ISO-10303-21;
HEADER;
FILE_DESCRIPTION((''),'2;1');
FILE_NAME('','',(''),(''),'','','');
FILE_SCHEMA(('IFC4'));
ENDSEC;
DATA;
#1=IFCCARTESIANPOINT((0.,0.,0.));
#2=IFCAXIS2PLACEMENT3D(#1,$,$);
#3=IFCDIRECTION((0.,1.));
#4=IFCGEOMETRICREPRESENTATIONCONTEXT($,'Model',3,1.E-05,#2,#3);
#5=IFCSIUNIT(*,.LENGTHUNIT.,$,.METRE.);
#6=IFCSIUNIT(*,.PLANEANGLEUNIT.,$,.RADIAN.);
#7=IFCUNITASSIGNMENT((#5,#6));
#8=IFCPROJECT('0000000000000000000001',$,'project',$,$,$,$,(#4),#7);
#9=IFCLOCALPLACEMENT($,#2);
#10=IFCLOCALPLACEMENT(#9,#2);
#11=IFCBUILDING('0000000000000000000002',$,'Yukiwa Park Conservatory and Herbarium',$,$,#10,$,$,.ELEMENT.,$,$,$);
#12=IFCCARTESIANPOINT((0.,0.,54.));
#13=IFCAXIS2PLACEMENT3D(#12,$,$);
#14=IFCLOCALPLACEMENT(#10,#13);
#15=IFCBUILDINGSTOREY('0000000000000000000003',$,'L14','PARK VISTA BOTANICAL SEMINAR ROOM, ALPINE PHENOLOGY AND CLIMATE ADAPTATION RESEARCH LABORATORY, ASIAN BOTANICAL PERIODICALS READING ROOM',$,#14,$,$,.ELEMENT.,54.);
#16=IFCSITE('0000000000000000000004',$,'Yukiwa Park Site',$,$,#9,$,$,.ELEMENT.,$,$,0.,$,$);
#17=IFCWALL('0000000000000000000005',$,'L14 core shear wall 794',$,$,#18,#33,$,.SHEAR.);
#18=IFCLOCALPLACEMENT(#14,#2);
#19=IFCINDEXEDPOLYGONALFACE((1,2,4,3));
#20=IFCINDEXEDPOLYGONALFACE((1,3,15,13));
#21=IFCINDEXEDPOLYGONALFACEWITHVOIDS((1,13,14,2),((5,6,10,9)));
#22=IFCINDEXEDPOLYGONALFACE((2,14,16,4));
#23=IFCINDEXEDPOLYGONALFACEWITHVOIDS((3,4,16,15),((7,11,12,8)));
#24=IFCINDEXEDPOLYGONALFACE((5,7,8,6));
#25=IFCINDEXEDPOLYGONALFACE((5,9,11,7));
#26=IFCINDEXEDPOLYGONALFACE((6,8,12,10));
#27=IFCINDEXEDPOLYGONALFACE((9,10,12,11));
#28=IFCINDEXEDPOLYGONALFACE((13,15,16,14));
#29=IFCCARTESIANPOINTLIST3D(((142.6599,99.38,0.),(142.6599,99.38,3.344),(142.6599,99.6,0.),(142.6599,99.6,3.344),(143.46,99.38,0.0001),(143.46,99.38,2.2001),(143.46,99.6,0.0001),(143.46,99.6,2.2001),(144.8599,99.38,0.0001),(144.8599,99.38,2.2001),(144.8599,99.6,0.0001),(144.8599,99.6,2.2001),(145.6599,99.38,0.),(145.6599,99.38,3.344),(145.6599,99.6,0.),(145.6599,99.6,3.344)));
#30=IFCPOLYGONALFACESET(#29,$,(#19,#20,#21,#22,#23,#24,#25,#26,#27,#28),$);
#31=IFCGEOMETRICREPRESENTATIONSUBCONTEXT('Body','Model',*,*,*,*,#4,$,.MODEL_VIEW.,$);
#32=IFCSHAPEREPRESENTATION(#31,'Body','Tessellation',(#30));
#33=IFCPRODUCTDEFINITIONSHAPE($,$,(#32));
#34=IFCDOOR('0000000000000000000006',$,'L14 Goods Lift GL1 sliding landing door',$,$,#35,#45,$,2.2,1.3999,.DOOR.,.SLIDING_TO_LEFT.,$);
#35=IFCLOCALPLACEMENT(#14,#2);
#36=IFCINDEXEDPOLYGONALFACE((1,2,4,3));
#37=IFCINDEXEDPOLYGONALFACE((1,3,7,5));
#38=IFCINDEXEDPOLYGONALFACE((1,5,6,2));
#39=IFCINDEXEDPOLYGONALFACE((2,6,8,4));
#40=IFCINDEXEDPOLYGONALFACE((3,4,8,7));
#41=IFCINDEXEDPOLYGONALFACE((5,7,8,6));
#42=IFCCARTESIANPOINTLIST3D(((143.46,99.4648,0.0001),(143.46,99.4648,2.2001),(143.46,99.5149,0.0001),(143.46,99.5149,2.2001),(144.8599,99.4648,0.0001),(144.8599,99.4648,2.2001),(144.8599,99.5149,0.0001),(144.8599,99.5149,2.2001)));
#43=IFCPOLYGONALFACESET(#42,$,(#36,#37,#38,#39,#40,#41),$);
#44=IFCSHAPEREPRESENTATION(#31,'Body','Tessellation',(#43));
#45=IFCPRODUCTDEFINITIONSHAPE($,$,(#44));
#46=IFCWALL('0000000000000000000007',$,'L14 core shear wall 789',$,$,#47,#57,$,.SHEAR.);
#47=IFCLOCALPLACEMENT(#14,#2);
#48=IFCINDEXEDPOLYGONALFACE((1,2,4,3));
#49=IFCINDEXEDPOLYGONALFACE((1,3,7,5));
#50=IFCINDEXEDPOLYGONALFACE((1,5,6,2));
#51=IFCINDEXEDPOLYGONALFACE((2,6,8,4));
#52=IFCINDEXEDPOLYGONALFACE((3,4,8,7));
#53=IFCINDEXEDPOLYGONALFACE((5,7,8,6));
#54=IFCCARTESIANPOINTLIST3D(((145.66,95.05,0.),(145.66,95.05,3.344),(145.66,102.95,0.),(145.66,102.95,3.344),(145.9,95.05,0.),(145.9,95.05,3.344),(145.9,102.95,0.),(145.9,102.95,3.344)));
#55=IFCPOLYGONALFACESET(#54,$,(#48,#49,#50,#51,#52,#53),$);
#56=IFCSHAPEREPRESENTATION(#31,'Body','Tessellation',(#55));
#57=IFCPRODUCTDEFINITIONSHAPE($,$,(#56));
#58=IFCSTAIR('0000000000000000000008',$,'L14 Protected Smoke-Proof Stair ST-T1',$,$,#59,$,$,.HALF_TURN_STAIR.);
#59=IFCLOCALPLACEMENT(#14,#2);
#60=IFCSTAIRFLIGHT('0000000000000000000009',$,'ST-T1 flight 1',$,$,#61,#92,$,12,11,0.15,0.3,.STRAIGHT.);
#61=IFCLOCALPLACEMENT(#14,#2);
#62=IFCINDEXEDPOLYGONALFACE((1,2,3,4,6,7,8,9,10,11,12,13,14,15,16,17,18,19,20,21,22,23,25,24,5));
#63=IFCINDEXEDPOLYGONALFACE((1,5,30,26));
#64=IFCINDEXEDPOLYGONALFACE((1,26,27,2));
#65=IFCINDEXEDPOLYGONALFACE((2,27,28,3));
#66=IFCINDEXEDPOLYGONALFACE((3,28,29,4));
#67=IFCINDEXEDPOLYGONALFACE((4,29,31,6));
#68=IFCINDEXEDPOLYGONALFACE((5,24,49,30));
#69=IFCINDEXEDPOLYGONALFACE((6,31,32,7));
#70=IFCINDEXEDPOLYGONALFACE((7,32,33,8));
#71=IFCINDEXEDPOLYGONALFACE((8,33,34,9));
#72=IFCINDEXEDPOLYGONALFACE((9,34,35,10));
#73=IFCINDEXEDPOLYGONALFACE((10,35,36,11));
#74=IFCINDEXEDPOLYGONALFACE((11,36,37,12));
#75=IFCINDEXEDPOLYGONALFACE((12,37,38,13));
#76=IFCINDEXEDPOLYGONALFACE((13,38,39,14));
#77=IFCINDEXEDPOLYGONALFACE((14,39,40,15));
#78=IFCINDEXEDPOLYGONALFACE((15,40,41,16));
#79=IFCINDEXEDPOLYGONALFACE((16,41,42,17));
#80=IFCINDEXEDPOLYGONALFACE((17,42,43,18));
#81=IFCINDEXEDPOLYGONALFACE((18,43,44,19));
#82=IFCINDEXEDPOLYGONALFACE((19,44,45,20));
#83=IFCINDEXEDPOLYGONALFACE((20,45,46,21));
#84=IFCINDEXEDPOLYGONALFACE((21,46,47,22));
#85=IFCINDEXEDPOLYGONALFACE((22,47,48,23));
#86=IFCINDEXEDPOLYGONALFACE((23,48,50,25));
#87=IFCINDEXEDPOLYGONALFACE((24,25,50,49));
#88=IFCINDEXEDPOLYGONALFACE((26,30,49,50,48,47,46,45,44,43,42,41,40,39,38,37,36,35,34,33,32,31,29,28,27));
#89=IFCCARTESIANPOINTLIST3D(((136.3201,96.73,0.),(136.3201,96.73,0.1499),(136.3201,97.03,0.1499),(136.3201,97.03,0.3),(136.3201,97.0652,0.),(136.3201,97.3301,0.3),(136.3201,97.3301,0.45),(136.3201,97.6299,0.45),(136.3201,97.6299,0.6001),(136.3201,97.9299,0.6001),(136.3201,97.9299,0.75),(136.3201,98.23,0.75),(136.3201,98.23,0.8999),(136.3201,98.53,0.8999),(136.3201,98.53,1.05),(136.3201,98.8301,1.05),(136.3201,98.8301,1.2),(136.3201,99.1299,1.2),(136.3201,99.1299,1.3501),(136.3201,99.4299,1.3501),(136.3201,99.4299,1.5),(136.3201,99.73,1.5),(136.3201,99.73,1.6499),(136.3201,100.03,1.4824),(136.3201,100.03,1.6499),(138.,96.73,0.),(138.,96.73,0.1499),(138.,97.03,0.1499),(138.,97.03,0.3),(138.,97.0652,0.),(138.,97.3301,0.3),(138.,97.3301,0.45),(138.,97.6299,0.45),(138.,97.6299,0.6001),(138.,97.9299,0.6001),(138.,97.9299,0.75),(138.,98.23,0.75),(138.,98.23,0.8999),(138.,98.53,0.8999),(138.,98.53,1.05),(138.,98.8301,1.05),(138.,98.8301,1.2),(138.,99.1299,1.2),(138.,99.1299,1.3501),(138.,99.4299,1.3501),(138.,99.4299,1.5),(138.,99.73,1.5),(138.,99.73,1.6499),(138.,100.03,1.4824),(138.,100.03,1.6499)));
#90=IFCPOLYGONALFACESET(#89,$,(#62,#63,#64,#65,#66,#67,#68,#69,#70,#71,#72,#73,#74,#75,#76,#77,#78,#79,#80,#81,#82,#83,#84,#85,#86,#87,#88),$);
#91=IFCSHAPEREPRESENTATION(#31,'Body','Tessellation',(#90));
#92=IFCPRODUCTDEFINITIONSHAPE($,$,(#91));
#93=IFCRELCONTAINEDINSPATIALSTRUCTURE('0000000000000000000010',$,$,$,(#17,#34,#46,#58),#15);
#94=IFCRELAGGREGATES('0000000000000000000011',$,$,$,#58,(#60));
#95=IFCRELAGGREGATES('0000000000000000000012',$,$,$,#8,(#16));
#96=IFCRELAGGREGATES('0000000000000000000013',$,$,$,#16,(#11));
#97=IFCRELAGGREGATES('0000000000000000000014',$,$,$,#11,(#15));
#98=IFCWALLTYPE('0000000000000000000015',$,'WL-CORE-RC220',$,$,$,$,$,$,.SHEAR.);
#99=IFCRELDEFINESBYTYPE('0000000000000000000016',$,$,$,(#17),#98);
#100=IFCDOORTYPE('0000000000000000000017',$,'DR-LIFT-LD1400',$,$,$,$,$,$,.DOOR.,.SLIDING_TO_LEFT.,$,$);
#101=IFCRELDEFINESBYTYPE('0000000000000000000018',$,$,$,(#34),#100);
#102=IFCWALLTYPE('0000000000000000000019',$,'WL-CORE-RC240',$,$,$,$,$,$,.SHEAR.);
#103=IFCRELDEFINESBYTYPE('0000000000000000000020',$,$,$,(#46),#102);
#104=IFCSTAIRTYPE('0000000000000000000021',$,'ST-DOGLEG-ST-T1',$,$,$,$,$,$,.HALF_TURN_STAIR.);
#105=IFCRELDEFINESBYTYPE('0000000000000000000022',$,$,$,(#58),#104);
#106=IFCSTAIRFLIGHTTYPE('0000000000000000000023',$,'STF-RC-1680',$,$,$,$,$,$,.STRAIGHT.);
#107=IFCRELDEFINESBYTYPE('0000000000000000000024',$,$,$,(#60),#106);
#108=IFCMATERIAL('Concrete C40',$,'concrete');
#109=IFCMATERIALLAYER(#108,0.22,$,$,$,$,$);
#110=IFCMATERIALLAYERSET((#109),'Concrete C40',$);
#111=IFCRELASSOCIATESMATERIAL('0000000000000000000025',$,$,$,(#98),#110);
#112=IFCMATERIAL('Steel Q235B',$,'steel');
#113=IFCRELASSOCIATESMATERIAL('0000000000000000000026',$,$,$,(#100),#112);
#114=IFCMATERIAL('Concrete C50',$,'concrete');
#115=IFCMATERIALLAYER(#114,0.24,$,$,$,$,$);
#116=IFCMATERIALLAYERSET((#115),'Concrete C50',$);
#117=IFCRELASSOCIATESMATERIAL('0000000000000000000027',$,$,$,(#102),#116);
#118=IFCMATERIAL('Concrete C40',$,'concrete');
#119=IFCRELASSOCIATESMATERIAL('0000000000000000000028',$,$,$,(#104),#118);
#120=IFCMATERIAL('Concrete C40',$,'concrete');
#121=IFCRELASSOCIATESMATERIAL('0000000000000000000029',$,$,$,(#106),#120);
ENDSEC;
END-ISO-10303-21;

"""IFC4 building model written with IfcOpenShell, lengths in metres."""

from ifc_helpers import new_model, si_unit, direction, frame, frame_2d, origin, place, context, subcontext, project, spatial, polyline, rectangle, outline, extrude, material, layer, layer_set, type_object, element, fill, aggregate, save


model = new_model("IFC4")

# Units and contexts
model_context = context("Model", 3, precision=1e-05, world=origin(), true_north=direction((0.0, 1.0)))
body_context = subcontext(model_context, "Body", "Model", "MODEL_VIEW")
ifc_project = project(units=[si_unit("LENGTHUNIT", "METRE"), si_unit("PLANEANGLEUNIT", "RADIAN")], contexts=[model_context])

# Site, building, storey
site_placement = place(None, origin())
site = spatial("IfcSite", under=ifc_project, at=site_placement, Name="Yukiwa Park Site", CompositionType="ELEMENT", RefElevation=0.0)
building_placement = place(site_placement, origin())
building = spatial("IfcBuilding", under=site, at=building_placement, Name="Yukiwa Park Conservatory and Herbarium", CompositionType="ELEMENT")
storey_placement = place(building_placement, frame((0.0, 0.0, 54.0)))
storey = spatial("IfcBuildingStorey", under=building, at=storey_placement, Name="L14", Description="PARK VISTA BOTANICAL SEMINAR ROOM, ALPINE PHENOLOGY AND CLIMATE ADAPTATION RESEARCH LABORATORY, ASIAN BOTANICAL PERIODICALS READING ROOM", CompositionType="ELEMENT", Elevation=54.0)

# Shared definitions
ifc_material_1 = material(Name="Concrete C40", Category="concrete")
ifc_layer_1 = layer(ifc_material_1, 0.22)
ifc_layer_set_1 = layer_set([ifc_layer_1], Name="Concrete C40")
wall_type_1 = type_object("IfcWallType", Name="WL-CORE-RC220", PredefinedType="SHEAR", material=ifc_layer_set_1)

# Wall, opening, door
wall_1_placement = place(storey_placement, frame((142.6599, 99.49, 0.0), z_axis=(0.0, 0.0, 1.0), x_axis=(1.0, 0.0, 0.0)))
wall_1 = element("IfcWall", 1, at=wall_1_placement, inside=storey, type_object=wall_type_1, Name="L14 core shear wall 794", PredefinedType="SHEAR", context=body_context, shape_type="SweptSolid", body=[
    extrude(rectangle(XDim=3.0, YDim=0.22, at=frame_2d((1.5, 0.0))), origin(), (0.0, 0.0, 1.0), 3.344),
])
opening_1_placement = place(wall_1_placement, frame((0.8, 0.0, 0.0)))
opening_1 = element("IfcOpeningElement", 2, at=opening_1_placement, cuts=wall_1, PredefinedType="OPENING", context=body_context, shape_type="SweptSolid", body=[
    extrude(rectangle(XDim=1.3999, YDim=2.2, at=frame_2d((0.7, 1.1001))), frame((0.0, 0.1201, 0.0), z_axis=(0.0, -1.0, 0.0), x_axis=(1.0, 0.0, 0.0)), (0.0, 0.0, 1.0), 0.24),
])
ifc_material_2 = material(Name="Steel Q235B", Category="steel")
door_type_1 = type_object("IfcDoorType", Name="DR-LIFT-LD1400", OperationType="SLIDING_TO_LEFT", PredefinedType="DOOR", material=ifc_material_2)
door_1_placement = place(opening_1_placement, origin())
door_1 = element("IfcDoor", 3, at=door_1_placement, inside=storey, type_object=door_type_1, Name="L14 Goods Lift GL1 sliding landing door", OperationType="SLIDING_TO_LEFT", OverallHeight=2.2, OverallWidth=1.3999, PredefinedType="DOOR", context=body_context, shape_type="SweptSolid", body=[
    extrude(rectangle(XDim=1.3999, YDim=2.2, at=frame_2d((0.7, 1.1001))), frame((0.0, 0.0249, 0.0), z_axis=(0.0, -1.0, 0.0), x_axis=(1.0, 0.0, 0.0)), (0.0, 0.0, 1.0), 0.05),
])
fill(opening_1, door_1)

# Wall
ifc_material_3 = material(Name="Concrete C50", Category="concrete")
ifc_layer_2 = layer(ifc_material_3, 0.24)
ifc_layer_set_2 = layer_set([ifc_layer_2], Name="Concrete C50")
wall_type_2 = type_object("IfcWallType", Name="WL-CORE-RC240", PredefinedType="SHEAR", material=ifc_layer_set_2)
wall_2_placement = place(storey_placement, frame((145.78, 95.05, 0.0), z_axis=(0.0, 0.0, 1.0), x_axis=(0.0, 1.0, 0.0)))
element("IfcWall", 4, at=wall_2_placement, inside=storey, type_object=wall_type_2, Name="L14 core shear wall 789", PredefinedType="SHEAR", context=body_context, shape_type="SweptSolid", body=[
    extrude(rectangle(XDim=7.8999, YDim=0.24, at=frame_2d((3.95, 0.0))), origin(), (0.0, 0.0, 1.0), 3.344),
])

# Stair, stair flight
ifc_material_4 = material(Name="Concrete C40", Category="concrete")
stair_type = type_object("IfcStairType", Name="ST-DOGLEG-ST-T1", PredefinedType="HALF_TURN_STAIR", material=ifc_material_4)
stair_placement = place(storey_placement, origin())
stair = element("IfcStair", 5, at=stair_placement, inside=storey, type_object=stair_type, Name="L14 Protected Smoke-Proof Stair ST-T1", PredefinedType="HALF_TURN_STAIR")
ifc_material_5 = material(Name="Concrete C40", Category="concrete")
stair_flight_type = type_object("IfcStairFlightType", Name="STF-RC-1680", PredefinedType="STRAIGHT", material=ifc_material_5)
stair_flight_placement = place(storey_placement, frame((137.1599, 96.73, 0.0), z_axis=(0.0, 0.0, 1.0), x_axis=(0.0, 1.0, 0.0)))
stair_flight = element("IfcStairFlight", 6, at=stair_flight_placement, type_object=stair_flight_type, Name="ST-T1 flight 1", NumberOfRisers=12, NumberOfTreads=11, PredefinedType="STRAIGHT", RiserHeight=0.15, TreadLength=0.3, context=body_context, shape_type="SweptSolid", body=[
    extrude(outline(polyline([(0.0, 0.0), (0.0, 0.1499), (0.3, 0.1499), (0.3, 0.3), (0.6001, 0.3), (0.6001, 0.45), (0.8999, 0.45), (0.8999, 0.6001), (1.2, 0.6001), (1.2, 0.75), (1.5, 0.75), (1.5, 0.8999), (1.8, 0.8999), (1.8, 1.05), (2.1001, 1.05), (2.1001, 1.2), (2.3999, 1.2), (2.3999, 1.3501), (2.7, 1.3501), (2.7, 1.5), (3.0, 1.5), (3.0, 1.6499), (3.3, 1.6499), (3.3, 1.8), (3.3, 1.4824), (0.3352, 0.0), (0.0, 0.0)])), frame((0.0, 0.8398, 0.0), z_axis=(0.0, -1.0, 0.0), x_axis=(1.0, 0.0, 0.0)), (0.0, 0.0, 1.0), 1.6799),
])
aggregate(stair, [stair_flight])

save(model, "model.ifc")
